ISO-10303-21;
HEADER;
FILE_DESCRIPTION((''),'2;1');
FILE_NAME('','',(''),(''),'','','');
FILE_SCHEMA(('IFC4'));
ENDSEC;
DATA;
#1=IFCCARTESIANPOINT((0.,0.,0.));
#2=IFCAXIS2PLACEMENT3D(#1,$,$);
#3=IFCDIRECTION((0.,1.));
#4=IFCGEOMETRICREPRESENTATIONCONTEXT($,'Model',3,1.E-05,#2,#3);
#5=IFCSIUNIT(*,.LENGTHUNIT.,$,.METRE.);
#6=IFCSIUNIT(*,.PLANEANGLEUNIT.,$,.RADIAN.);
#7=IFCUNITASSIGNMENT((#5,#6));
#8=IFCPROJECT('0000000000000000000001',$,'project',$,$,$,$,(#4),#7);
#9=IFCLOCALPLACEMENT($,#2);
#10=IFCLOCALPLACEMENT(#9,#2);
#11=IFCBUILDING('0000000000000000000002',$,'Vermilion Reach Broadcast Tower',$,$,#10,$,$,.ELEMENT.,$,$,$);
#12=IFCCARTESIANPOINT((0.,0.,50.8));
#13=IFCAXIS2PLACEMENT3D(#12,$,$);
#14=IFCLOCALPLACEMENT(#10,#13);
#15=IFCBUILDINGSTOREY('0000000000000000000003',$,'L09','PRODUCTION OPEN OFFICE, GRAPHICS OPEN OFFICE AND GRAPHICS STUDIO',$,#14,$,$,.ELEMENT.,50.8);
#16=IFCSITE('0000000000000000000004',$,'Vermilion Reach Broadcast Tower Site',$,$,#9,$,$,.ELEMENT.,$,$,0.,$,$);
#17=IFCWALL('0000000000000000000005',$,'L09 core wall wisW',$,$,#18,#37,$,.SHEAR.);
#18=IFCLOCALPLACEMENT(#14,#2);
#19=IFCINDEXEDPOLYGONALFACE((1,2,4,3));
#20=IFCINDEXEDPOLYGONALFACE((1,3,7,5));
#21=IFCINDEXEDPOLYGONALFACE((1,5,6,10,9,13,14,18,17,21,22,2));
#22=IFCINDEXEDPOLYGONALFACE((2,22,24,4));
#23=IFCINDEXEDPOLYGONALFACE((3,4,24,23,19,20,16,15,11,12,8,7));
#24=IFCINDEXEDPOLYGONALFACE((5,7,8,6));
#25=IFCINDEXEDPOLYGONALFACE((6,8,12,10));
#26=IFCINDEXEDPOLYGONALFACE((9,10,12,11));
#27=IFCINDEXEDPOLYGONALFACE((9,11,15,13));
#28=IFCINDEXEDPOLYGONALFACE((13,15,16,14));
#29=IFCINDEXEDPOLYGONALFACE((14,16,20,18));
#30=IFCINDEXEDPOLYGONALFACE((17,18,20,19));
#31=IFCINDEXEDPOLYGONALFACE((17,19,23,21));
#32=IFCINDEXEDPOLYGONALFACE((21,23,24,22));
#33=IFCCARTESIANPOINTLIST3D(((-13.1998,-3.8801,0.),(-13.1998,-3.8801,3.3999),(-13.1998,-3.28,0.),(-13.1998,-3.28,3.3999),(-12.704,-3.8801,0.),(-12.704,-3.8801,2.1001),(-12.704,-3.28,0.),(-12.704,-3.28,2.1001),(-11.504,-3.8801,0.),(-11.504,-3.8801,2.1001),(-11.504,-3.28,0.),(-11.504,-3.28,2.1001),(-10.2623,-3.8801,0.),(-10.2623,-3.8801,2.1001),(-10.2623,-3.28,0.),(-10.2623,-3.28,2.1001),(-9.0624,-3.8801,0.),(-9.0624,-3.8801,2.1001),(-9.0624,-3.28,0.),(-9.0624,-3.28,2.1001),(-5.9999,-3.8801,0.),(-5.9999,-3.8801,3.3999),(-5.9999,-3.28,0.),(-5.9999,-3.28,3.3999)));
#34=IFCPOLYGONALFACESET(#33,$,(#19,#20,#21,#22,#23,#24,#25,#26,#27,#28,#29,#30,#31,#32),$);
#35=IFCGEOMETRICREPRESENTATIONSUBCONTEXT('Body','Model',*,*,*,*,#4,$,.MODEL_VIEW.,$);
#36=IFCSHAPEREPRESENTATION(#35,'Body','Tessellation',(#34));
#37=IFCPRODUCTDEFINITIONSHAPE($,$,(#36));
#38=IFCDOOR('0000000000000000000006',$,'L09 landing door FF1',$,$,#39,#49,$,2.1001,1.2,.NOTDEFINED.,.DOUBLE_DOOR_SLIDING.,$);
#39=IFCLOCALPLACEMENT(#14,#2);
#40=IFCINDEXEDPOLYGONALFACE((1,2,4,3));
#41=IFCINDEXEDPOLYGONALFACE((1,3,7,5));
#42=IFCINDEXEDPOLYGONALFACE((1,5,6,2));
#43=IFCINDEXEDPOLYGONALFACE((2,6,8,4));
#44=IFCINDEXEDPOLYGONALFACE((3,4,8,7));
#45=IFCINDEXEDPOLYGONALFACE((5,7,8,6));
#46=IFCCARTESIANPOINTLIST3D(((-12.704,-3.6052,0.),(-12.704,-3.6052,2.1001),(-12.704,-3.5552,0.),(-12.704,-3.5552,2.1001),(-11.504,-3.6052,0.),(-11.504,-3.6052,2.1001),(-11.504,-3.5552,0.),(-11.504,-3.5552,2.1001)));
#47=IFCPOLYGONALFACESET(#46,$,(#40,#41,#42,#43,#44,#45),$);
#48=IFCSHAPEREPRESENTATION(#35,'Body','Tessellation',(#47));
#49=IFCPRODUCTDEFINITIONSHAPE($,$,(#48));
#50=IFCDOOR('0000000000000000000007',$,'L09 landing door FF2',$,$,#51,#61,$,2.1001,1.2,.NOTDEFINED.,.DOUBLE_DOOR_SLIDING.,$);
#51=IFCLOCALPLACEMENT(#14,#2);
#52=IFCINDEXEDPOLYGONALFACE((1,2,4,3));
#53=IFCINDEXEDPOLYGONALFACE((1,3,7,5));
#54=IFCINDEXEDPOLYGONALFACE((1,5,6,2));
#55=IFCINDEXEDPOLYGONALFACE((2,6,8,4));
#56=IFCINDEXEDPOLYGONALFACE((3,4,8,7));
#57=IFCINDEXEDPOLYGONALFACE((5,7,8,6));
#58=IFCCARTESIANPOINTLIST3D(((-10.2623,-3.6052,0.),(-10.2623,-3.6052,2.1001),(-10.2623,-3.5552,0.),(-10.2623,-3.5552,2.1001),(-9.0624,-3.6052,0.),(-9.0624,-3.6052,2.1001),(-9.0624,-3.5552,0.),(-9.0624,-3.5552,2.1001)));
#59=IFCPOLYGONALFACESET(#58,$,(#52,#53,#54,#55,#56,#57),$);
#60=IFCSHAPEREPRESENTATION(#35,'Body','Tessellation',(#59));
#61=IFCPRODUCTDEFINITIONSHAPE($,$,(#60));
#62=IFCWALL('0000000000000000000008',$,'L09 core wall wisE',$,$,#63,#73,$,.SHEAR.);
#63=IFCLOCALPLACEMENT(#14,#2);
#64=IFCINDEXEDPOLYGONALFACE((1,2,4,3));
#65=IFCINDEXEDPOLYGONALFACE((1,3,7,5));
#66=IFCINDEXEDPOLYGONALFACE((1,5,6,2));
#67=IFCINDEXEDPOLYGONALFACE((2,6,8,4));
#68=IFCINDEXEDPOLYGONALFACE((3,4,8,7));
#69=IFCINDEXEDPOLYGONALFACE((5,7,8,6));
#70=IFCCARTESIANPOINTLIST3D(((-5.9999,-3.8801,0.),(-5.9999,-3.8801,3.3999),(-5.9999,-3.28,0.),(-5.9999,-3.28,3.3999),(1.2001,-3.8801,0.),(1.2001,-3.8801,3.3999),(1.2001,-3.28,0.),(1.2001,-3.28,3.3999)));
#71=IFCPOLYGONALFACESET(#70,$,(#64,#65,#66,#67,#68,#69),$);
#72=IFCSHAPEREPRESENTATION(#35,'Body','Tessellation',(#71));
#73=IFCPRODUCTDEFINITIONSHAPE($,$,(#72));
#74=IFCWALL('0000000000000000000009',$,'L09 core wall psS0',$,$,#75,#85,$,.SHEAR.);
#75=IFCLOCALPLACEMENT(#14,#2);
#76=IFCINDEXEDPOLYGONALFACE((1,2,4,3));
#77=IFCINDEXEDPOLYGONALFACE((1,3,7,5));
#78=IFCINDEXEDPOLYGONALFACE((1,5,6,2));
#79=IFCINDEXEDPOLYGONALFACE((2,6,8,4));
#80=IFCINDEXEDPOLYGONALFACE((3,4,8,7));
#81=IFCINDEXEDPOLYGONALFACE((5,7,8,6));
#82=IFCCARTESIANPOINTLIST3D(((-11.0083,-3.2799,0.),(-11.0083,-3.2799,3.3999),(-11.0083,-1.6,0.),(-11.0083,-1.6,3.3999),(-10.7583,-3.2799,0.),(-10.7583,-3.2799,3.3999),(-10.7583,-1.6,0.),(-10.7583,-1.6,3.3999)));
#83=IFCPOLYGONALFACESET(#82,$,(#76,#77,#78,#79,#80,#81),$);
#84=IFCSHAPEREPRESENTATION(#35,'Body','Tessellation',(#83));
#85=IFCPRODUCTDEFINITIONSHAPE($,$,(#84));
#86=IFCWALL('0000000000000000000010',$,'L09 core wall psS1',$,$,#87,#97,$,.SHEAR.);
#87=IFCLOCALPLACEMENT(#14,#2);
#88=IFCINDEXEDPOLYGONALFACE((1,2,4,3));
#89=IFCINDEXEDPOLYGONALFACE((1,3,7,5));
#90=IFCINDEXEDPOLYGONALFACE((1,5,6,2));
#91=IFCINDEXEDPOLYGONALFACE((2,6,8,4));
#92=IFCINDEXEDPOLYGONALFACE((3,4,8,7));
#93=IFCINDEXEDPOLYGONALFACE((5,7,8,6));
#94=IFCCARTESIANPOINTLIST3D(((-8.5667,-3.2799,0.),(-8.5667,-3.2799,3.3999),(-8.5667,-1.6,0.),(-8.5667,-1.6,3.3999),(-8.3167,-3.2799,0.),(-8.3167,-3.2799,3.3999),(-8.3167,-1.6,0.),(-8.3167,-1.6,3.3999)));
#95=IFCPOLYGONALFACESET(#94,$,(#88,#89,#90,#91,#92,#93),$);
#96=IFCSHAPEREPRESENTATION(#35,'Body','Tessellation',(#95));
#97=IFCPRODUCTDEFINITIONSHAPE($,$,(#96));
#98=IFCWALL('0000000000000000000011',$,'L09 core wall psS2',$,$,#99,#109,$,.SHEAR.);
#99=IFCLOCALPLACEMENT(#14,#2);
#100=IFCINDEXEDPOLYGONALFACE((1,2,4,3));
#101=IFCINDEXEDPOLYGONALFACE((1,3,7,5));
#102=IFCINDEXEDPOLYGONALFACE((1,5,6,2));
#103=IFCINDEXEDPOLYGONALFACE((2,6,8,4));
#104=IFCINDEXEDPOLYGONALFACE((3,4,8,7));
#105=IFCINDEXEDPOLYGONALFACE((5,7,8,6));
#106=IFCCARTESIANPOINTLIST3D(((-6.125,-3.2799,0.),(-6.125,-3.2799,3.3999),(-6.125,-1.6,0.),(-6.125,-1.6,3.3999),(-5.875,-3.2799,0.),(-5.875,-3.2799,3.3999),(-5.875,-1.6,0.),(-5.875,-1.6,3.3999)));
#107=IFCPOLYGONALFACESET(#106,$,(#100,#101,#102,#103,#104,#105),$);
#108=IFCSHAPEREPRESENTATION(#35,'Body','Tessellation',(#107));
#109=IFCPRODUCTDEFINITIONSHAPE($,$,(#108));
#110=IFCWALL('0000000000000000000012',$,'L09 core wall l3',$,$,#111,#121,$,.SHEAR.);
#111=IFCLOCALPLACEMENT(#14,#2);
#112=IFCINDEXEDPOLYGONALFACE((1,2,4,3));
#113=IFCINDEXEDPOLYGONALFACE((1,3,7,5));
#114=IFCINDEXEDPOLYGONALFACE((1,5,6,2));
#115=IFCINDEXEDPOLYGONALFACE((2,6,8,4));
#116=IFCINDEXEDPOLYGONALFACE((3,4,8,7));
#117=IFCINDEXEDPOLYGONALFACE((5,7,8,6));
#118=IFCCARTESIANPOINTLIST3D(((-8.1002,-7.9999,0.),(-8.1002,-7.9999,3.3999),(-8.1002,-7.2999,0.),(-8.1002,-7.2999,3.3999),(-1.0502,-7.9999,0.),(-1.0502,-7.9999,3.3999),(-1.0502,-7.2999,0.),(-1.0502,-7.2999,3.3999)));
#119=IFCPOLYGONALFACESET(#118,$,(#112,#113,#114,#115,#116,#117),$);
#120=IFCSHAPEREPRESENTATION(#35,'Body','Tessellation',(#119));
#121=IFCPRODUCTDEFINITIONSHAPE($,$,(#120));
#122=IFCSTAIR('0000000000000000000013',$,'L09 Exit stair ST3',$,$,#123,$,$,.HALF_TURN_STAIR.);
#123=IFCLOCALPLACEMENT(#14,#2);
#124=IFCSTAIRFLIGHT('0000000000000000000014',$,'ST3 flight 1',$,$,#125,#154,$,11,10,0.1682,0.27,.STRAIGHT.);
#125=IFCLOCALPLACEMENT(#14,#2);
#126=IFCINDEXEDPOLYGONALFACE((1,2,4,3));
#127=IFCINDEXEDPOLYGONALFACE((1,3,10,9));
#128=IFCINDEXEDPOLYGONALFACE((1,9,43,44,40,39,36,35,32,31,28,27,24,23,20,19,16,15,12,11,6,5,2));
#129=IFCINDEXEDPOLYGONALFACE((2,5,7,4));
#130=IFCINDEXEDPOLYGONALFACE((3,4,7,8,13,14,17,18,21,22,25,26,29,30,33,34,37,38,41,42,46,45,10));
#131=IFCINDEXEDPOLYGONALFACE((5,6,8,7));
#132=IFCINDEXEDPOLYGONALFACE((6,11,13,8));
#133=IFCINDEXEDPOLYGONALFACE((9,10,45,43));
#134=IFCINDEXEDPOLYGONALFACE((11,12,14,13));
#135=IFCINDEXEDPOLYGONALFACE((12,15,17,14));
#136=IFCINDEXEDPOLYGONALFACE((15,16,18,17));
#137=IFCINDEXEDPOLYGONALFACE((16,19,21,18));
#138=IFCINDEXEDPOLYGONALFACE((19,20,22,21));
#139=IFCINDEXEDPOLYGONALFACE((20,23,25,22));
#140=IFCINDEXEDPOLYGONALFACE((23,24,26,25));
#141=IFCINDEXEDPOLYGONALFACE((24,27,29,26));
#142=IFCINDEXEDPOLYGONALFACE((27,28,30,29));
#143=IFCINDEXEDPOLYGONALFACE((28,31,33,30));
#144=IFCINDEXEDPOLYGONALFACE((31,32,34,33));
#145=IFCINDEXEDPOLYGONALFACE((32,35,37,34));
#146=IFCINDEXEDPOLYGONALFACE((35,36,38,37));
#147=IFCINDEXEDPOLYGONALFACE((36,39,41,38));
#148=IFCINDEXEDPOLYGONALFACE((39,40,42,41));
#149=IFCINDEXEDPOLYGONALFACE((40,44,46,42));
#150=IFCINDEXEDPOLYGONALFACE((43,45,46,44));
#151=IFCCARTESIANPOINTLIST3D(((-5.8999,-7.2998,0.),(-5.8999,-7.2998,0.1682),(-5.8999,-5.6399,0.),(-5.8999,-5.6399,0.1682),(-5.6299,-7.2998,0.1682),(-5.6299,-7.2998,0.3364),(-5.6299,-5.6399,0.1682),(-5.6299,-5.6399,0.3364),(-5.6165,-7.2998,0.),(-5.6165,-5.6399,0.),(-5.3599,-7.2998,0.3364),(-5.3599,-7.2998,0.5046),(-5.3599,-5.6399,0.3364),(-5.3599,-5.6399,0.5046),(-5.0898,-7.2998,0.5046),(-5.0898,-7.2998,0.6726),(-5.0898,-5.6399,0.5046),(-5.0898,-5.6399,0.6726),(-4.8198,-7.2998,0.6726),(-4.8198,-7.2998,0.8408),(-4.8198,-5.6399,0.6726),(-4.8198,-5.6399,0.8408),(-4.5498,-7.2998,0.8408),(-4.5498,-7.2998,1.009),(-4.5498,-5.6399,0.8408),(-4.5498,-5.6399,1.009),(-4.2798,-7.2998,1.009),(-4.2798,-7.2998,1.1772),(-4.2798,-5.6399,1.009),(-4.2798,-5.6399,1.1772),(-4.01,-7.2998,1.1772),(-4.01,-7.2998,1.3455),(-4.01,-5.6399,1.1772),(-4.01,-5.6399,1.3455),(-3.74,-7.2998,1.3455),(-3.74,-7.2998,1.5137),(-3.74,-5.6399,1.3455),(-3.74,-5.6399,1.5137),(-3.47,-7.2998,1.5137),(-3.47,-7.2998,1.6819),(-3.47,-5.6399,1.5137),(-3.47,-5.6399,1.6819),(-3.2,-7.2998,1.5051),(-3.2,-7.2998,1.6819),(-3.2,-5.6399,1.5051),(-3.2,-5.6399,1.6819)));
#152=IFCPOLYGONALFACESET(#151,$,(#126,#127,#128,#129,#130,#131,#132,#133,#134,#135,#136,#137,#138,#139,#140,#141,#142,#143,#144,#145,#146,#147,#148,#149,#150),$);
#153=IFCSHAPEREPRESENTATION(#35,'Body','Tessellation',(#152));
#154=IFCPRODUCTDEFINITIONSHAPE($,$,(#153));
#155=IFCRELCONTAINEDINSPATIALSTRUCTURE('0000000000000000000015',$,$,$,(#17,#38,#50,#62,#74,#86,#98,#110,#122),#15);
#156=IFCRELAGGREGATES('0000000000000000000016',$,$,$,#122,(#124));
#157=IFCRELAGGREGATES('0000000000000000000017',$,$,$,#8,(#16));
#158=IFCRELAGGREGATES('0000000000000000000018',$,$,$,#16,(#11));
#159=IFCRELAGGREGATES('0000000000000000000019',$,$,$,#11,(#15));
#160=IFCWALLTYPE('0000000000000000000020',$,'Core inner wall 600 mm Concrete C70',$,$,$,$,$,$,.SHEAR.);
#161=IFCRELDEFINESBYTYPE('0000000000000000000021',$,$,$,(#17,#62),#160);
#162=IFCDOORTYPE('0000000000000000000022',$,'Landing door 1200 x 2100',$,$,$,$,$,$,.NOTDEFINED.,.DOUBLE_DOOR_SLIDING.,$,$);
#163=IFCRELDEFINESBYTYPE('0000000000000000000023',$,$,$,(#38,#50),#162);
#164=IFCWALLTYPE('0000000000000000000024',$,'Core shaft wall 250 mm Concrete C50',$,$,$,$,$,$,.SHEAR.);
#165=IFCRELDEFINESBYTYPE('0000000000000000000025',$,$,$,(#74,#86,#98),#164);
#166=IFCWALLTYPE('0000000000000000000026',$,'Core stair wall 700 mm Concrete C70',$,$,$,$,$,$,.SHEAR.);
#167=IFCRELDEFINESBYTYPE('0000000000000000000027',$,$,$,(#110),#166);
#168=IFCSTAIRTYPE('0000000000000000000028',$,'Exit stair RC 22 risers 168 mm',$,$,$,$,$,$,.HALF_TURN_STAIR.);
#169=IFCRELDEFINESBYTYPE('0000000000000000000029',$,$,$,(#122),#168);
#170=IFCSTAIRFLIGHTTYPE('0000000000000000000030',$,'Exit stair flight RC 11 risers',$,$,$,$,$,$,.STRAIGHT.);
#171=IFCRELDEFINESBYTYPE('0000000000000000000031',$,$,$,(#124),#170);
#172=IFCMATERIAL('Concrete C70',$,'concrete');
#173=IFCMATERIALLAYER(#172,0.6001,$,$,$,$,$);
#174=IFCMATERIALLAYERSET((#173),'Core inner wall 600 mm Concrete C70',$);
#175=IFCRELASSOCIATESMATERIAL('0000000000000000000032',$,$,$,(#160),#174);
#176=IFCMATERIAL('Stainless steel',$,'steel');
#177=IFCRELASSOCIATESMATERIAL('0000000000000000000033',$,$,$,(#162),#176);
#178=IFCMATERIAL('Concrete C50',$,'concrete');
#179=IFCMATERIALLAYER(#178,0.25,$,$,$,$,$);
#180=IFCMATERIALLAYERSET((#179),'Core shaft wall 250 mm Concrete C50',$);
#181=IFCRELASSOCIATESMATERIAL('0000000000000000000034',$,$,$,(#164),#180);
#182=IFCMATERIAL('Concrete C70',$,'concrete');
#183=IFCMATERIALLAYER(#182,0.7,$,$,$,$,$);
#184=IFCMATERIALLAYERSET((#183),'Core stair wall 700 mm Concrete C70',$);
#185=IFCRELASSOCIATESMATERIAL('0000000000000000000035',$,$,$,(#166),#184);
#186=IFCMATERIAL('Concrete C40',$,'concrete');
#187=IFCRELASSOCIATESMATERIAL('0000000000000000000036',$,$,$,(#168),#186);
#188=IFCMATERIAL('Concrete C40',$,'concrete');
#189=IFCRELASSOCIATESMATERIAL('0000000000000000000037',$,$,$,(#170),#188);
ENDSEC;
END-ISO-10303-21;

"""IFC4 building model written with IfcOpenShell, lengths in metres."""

from ifc_helpers import new_model, si_unit, direction, frame, frame_2d, origin, place, context, subcontext, project, spatial, polyline, rectangle, outline, extrude, material, layer, layer_set, type_object, element, fill, aggregate, save


model = new_model("IFC4")

# Units and contexts
model_context = context("Model", 3, precision=1e-05, world=origin(), true_north=direction((0.0, 1.0)))
body_context = subcontext(model_context, "Body", "Model", "MODEL_VIEW")
ifc_project = project(units=[si_unit("LENGTHUNIT", "METRE"), si_unit("PLANEANGLEUNIT", "RADIAN")], contexts=[model_context])

# Site, building, storey
site_placement = place(None, origin())
site = spatial("IfcSite", under=ifc_project, at=site_placement, Name="Vermilion Reach Broadcast Tower Site", CompositionType="ELEMENT", RefElevation=0.0)
building_placement = place(site_placement, origin())
building = spatial("IfcBuilding", under=site, at=building_placement, Name="Vermilion Reach Broadcast Tower", CompositionType="ELEMENT")
storey_placement = place(building_placement, frame((0.0, 0.0, 50.8)))
storey = spatial("IfcBuildingStorey", under=building, at=storey_placement, Name="L09", Description="PRODUCTION OPEN OFFICE, GRAPHICS OPEN OFFICE AND GRAPHICS STUDIO", CompositionType="ELEMENT", Elevation=50.8)

# Wall, openings, doors
ifc_material_1 = material(Name="Concrete C70", Category="concrete")
ifc_layer_1 = layer(ifc_material_1, 0.6001)
ifc_layer_set_1 = layer_set([ifc_layer_1], Name="Core inner wall 600 mm Concrete C70")
wall_type_1 = type_object("IfcWallType", Name="Core inner wall 600 mm Concrete C70", PredefinedType="SHEAR", material=ifc_layer_set_1)
wall_1_placement = place(storey_placement, frame((-13.2, -3.5801, 0.0), z_axis=(0.0, 0.0, 1.0), x_axis=(1.0, 0.0, 0.0)))
wall_1 = element("IfcWall", 1, at=wall_1_placement, inside=storey, type_object=wall_type_1, Name="L09 core wall wisW", PredefinedType="SHEAR", context=body_context, shape_type="SweptSolid", body=[
    extrude(rectangle(XDim=7.2, YDim=0.6001, at=frame_2d((3.6001, 0.0))), origin(), (0.0, 0.0, 1.0), 3.3999),
])
opening_1_placement = place(wall_1_placement, frame((0.4958, 0.0, 0.0)))
opening_1 = element("IfcOpeningElement", 2, at=opening_1_placement, cuts=wall_1, PredefinedType="OPENING", context=body_context, shape_type="SweptSolid", body=[
    extrude(rectangle(XDim=1.2, YDim=2.1001, at=frame_2d((0.6001, 1.05))), frame((0.0, 0.3101, 0.0), z_axis=(0.0, -1.0, 0.0), x_axis=(1.0, 0.0, 0.0)), (0.0, 0.0, 1.0), 0.6201),
])
opening_2_placement = place(wall_1_placement, frame((2.9375, 0.0, 0.0)))
opening_2 = element("IfcOpeningElement", 3, at=opening_2_placement, cuts=wall_1, PredefinedType="OPENING", context=body_context, shape_type="SweptSolid", body=[
    extrude(rectangle(XDim=1.2, YDim=2.1001, at=frame_2d((0.6001, 1.05))), frame((0.0, 0.3101, 0.0), z_axis=(0.0, -1.0, 0.0), x_axis=(1.0, 0.0, 0.0)), (0.0, 0.0, 1.0), 0.6201),
])
ifc_material_2 = material(Name="Stainless steel", Category="steel")
door_type_1 = type_object("IfcDoorType", Name="Landing door 1200 x 2100", OperationType="DOUBLE_DOOR_SLIDING", PredefinedType="NOTDEFINED", material=ifc_material_2)
door_1_placement = place(opening_1_placement, origin())
door_1 = element("IfcDoor", 4, at=door_1_placement, inside=storey, type_object=door_type_1, Name="L09 landing door FF1", OperationType="DOUBLE_DOOR_SLIDING", OverallHeight=2.1001, OverallWidth=1.2, PredefinedType="NOTDEFINED", context=body_context, shape_type="SweptSolid", body=[
    extrude(rectangle(XDim=1.2, YDim=2.1001, at=frame_2d((0.6001, 1.05))), frame((0.0, 0.0249, 0.0), z_axis=(0.0, -1.0, 0.0), x_axis=(1.0, 0.0, 0.0)), (0.0, 0.0, 1.0), 0.05),
])
fill(opening_1, door_1)
door_2_placement = place(opening_2_placement, origin())
door_2 = element("IfcDoor", 5, at=door_2_placement, inside=storey, type_object=door_type_1, Name="L09 landing door FF2", OperationType="DOUBLE_DOOR_SLIDING", OverallHeight=2.1001, OverallWidth=1.2, PredefinedType="NOTDEFINED", context=body_context, shape_type="SweptSolid", body=[
    extrude(rectangle(XDim=1.2, YDim=2.1001, at=frame_2d((0.6001, 1.05))), frame((0.0, 0.0249, 0.0), z_axis=(0.0, -1.0, 0.0), x_axis=(1.0, 0.0, 0.0)), (0.0, 0.0, 1.0), 0.05),
])
fill(opening_2, door_2)

# Walls
wall_2_placement = place(storey_placement, frame((-6.0, -3.5801, 0.0), z_axis=(0.0, 0.0, 1.0), x_axis=(1.0, 0.0, 0.0)))
element("IfcWall", 6, at=wall_2_placement, inside=storey, type_object=wall_type_1, Name="L09 core wall wisE", PredefinedType="SHEAR", context=body_context, shape_type="SweptSolid", body=[
    extrude(rectangle(XDim=7.2, YDim=0.6001, at=frame_2d((3.6001, 0.0))), origin(), (0.0, 0.0, 1.0), 3.3999),
])
ifc_material_3 = material(Name="Concrete C50", Category="concrete")
ifc_layer_2 = layer(ifc_material_3, 0.25)
ifc_layer_set_2 = layer_set([ifc_layer_2], Name="Core shaft wall 250 mm Concrete C50")
wall_type_2 = type_object("IfcWallType", Name="Core shaft wall 250 mm Concrete C50", PredefinedType="SHEAR", material=ifc_layer_set_2)
for number, where, z_axis, x_axis, name in (
    (7, (-10.8833, -1.6001, 0.0), (0.0, 0.0, 1.0), (0.0, -1.0, 0.0), "L09 core wall psS0"),
    (8, (-8.4417, -1.6001, 0.0), (0.0, 0.0, 1.0), (0.0, -1.0, 0.0), "L09 core wall psS1"),
    (9, (-6.0, -1.6001, 0.0), (0.0, 0.0, 1.0), (0.0, -1.0, 0.0), "L09 core wall psS2"),
):
    element("IfcWall", number, at=place(storey_placement, frame(where, z_axis=z_axis, x_axis=x_axis)), inside=storey, type_object=wall_type_2, Name=name, PredefinedType="SHEAR", context=body_context, shape_type="SweptSolid", body=[
        extrude(rectangle(XDim=1.6799, YDim=0.25, at=frame_2d((0.8398, 0.0))), origin(), (0.0, 0.0, 1.0), 3.3999),
    ])
ifc_material_4 = material(Name="Concrete C70", Category="concrete")
ifc_layer_3 = layer(ifc_material_4, 0.7)
ifc_layer_set_3 = layer_set([ifc_layer_3], Name="Core stair wall 700 mm Concrete C70")
wall_type_3 = type_object("IfcWallType", Name="Core stair wall 700 mm Concrete C70", PredefinedType="SHEAR", material=ifc_layer_set_3)
wall_3_placement = place(storey_placement, frame((-8.1001, -7.6499, 0.0), z_axis=(0.0, 0.0, 1.0), x_axis=(1.0, 0.0, 0.0)))
element("IfcWall", 10, at=wall_3_placement, inside=storey, type_object=wall_type_3, Name="L09 core wall l3", PredefinedType="SHEAR", context=body_context, shape_type="SweptSolid", body=[
    extrude(rectangle(XDim=7.05, YDim=0.7, at=frame_2d((3.5249, 0.0))), origin(), (0.0, 0.0, 1.0), 3.3999),
])

# Stair, stair flight
ifc_material_5 = material(Name="Concrete C40", Category="concrete")
stair_type = type_object("IfcStairType", Name="Exit stair RC 22 risers 168 mm", PredefinedType="HALF_TURN_STAIR", material=ifc_material_5)
stair_placement = place(storey_placement, origin())
stair = element("IfcStair", 11, at=stair_placement, inside=storey, type_object=stair_type, Name="L09 Exit stair ST3", PredefinedType="HALF_TURN_STAIR")
ifc_material_6 = material(Name="Concrete C40", Category="concrete")
stair_flight_type = type_object("IfcStairFlightType", Name="Exit stair flight RC 11 risers", PredefinedType="STRAIGHT", material=ifc_material_6)
stair_flight_placement = place(storey_placement, frame((-5.8999, -6.47, 0.0), z_axis=(0.0, 0.0, 1.0), x_axis=(1.0, 0.0, 0.0)))
stair_flight = element("IfcStairFlight", 12, at=stair_flight_placement, type_object=stair_flight_type, Name="ST3 flight 1", NumberOfRisers=11, NumberOfTreads=10, PredefinedType="STRAIGHT", RiserHeight=0.1682, TreadLength=0.27, context=body_context, shape_type="SweptSolid", body=[
    extrude(outline(polyline([(0.0, 0.0), (0.0, 0.1682), (0.27, 0.1682), (0.27, 0.3364), (0.54, 0.3364), (0.54, 0.5046), (0.8101, 0.5046), (0.8101, 0.6726), (1.0801, 0.6726), (1.0801, 0.8408), (1.3501, 0.8408), (1.3501, 1.009), (1.6201, 1.009), (1.6201, 1.1772), (1.8899, 1.1772), (1.8899, 1.3455), (2.1599, 1.3455), (2.1599, 1.5137), (2.4299, 1.5137), (2.4299, 1.6819), (2.7, 1.6819), (2.7, 1.8501), (2.7, 1.5051), (0.2834, 0.0), (0.0, 0.0)])), frame((0.0, 0.8301, 0.0), z_axis=(0.0, -1.0, 0.0), x_axis=(1.0, 0.0, 0.0)), (0.0, 0.0, 1.0), 1.6599),
])
aggregate(stair, [stair_flight])

save(model, "model.ifc")
